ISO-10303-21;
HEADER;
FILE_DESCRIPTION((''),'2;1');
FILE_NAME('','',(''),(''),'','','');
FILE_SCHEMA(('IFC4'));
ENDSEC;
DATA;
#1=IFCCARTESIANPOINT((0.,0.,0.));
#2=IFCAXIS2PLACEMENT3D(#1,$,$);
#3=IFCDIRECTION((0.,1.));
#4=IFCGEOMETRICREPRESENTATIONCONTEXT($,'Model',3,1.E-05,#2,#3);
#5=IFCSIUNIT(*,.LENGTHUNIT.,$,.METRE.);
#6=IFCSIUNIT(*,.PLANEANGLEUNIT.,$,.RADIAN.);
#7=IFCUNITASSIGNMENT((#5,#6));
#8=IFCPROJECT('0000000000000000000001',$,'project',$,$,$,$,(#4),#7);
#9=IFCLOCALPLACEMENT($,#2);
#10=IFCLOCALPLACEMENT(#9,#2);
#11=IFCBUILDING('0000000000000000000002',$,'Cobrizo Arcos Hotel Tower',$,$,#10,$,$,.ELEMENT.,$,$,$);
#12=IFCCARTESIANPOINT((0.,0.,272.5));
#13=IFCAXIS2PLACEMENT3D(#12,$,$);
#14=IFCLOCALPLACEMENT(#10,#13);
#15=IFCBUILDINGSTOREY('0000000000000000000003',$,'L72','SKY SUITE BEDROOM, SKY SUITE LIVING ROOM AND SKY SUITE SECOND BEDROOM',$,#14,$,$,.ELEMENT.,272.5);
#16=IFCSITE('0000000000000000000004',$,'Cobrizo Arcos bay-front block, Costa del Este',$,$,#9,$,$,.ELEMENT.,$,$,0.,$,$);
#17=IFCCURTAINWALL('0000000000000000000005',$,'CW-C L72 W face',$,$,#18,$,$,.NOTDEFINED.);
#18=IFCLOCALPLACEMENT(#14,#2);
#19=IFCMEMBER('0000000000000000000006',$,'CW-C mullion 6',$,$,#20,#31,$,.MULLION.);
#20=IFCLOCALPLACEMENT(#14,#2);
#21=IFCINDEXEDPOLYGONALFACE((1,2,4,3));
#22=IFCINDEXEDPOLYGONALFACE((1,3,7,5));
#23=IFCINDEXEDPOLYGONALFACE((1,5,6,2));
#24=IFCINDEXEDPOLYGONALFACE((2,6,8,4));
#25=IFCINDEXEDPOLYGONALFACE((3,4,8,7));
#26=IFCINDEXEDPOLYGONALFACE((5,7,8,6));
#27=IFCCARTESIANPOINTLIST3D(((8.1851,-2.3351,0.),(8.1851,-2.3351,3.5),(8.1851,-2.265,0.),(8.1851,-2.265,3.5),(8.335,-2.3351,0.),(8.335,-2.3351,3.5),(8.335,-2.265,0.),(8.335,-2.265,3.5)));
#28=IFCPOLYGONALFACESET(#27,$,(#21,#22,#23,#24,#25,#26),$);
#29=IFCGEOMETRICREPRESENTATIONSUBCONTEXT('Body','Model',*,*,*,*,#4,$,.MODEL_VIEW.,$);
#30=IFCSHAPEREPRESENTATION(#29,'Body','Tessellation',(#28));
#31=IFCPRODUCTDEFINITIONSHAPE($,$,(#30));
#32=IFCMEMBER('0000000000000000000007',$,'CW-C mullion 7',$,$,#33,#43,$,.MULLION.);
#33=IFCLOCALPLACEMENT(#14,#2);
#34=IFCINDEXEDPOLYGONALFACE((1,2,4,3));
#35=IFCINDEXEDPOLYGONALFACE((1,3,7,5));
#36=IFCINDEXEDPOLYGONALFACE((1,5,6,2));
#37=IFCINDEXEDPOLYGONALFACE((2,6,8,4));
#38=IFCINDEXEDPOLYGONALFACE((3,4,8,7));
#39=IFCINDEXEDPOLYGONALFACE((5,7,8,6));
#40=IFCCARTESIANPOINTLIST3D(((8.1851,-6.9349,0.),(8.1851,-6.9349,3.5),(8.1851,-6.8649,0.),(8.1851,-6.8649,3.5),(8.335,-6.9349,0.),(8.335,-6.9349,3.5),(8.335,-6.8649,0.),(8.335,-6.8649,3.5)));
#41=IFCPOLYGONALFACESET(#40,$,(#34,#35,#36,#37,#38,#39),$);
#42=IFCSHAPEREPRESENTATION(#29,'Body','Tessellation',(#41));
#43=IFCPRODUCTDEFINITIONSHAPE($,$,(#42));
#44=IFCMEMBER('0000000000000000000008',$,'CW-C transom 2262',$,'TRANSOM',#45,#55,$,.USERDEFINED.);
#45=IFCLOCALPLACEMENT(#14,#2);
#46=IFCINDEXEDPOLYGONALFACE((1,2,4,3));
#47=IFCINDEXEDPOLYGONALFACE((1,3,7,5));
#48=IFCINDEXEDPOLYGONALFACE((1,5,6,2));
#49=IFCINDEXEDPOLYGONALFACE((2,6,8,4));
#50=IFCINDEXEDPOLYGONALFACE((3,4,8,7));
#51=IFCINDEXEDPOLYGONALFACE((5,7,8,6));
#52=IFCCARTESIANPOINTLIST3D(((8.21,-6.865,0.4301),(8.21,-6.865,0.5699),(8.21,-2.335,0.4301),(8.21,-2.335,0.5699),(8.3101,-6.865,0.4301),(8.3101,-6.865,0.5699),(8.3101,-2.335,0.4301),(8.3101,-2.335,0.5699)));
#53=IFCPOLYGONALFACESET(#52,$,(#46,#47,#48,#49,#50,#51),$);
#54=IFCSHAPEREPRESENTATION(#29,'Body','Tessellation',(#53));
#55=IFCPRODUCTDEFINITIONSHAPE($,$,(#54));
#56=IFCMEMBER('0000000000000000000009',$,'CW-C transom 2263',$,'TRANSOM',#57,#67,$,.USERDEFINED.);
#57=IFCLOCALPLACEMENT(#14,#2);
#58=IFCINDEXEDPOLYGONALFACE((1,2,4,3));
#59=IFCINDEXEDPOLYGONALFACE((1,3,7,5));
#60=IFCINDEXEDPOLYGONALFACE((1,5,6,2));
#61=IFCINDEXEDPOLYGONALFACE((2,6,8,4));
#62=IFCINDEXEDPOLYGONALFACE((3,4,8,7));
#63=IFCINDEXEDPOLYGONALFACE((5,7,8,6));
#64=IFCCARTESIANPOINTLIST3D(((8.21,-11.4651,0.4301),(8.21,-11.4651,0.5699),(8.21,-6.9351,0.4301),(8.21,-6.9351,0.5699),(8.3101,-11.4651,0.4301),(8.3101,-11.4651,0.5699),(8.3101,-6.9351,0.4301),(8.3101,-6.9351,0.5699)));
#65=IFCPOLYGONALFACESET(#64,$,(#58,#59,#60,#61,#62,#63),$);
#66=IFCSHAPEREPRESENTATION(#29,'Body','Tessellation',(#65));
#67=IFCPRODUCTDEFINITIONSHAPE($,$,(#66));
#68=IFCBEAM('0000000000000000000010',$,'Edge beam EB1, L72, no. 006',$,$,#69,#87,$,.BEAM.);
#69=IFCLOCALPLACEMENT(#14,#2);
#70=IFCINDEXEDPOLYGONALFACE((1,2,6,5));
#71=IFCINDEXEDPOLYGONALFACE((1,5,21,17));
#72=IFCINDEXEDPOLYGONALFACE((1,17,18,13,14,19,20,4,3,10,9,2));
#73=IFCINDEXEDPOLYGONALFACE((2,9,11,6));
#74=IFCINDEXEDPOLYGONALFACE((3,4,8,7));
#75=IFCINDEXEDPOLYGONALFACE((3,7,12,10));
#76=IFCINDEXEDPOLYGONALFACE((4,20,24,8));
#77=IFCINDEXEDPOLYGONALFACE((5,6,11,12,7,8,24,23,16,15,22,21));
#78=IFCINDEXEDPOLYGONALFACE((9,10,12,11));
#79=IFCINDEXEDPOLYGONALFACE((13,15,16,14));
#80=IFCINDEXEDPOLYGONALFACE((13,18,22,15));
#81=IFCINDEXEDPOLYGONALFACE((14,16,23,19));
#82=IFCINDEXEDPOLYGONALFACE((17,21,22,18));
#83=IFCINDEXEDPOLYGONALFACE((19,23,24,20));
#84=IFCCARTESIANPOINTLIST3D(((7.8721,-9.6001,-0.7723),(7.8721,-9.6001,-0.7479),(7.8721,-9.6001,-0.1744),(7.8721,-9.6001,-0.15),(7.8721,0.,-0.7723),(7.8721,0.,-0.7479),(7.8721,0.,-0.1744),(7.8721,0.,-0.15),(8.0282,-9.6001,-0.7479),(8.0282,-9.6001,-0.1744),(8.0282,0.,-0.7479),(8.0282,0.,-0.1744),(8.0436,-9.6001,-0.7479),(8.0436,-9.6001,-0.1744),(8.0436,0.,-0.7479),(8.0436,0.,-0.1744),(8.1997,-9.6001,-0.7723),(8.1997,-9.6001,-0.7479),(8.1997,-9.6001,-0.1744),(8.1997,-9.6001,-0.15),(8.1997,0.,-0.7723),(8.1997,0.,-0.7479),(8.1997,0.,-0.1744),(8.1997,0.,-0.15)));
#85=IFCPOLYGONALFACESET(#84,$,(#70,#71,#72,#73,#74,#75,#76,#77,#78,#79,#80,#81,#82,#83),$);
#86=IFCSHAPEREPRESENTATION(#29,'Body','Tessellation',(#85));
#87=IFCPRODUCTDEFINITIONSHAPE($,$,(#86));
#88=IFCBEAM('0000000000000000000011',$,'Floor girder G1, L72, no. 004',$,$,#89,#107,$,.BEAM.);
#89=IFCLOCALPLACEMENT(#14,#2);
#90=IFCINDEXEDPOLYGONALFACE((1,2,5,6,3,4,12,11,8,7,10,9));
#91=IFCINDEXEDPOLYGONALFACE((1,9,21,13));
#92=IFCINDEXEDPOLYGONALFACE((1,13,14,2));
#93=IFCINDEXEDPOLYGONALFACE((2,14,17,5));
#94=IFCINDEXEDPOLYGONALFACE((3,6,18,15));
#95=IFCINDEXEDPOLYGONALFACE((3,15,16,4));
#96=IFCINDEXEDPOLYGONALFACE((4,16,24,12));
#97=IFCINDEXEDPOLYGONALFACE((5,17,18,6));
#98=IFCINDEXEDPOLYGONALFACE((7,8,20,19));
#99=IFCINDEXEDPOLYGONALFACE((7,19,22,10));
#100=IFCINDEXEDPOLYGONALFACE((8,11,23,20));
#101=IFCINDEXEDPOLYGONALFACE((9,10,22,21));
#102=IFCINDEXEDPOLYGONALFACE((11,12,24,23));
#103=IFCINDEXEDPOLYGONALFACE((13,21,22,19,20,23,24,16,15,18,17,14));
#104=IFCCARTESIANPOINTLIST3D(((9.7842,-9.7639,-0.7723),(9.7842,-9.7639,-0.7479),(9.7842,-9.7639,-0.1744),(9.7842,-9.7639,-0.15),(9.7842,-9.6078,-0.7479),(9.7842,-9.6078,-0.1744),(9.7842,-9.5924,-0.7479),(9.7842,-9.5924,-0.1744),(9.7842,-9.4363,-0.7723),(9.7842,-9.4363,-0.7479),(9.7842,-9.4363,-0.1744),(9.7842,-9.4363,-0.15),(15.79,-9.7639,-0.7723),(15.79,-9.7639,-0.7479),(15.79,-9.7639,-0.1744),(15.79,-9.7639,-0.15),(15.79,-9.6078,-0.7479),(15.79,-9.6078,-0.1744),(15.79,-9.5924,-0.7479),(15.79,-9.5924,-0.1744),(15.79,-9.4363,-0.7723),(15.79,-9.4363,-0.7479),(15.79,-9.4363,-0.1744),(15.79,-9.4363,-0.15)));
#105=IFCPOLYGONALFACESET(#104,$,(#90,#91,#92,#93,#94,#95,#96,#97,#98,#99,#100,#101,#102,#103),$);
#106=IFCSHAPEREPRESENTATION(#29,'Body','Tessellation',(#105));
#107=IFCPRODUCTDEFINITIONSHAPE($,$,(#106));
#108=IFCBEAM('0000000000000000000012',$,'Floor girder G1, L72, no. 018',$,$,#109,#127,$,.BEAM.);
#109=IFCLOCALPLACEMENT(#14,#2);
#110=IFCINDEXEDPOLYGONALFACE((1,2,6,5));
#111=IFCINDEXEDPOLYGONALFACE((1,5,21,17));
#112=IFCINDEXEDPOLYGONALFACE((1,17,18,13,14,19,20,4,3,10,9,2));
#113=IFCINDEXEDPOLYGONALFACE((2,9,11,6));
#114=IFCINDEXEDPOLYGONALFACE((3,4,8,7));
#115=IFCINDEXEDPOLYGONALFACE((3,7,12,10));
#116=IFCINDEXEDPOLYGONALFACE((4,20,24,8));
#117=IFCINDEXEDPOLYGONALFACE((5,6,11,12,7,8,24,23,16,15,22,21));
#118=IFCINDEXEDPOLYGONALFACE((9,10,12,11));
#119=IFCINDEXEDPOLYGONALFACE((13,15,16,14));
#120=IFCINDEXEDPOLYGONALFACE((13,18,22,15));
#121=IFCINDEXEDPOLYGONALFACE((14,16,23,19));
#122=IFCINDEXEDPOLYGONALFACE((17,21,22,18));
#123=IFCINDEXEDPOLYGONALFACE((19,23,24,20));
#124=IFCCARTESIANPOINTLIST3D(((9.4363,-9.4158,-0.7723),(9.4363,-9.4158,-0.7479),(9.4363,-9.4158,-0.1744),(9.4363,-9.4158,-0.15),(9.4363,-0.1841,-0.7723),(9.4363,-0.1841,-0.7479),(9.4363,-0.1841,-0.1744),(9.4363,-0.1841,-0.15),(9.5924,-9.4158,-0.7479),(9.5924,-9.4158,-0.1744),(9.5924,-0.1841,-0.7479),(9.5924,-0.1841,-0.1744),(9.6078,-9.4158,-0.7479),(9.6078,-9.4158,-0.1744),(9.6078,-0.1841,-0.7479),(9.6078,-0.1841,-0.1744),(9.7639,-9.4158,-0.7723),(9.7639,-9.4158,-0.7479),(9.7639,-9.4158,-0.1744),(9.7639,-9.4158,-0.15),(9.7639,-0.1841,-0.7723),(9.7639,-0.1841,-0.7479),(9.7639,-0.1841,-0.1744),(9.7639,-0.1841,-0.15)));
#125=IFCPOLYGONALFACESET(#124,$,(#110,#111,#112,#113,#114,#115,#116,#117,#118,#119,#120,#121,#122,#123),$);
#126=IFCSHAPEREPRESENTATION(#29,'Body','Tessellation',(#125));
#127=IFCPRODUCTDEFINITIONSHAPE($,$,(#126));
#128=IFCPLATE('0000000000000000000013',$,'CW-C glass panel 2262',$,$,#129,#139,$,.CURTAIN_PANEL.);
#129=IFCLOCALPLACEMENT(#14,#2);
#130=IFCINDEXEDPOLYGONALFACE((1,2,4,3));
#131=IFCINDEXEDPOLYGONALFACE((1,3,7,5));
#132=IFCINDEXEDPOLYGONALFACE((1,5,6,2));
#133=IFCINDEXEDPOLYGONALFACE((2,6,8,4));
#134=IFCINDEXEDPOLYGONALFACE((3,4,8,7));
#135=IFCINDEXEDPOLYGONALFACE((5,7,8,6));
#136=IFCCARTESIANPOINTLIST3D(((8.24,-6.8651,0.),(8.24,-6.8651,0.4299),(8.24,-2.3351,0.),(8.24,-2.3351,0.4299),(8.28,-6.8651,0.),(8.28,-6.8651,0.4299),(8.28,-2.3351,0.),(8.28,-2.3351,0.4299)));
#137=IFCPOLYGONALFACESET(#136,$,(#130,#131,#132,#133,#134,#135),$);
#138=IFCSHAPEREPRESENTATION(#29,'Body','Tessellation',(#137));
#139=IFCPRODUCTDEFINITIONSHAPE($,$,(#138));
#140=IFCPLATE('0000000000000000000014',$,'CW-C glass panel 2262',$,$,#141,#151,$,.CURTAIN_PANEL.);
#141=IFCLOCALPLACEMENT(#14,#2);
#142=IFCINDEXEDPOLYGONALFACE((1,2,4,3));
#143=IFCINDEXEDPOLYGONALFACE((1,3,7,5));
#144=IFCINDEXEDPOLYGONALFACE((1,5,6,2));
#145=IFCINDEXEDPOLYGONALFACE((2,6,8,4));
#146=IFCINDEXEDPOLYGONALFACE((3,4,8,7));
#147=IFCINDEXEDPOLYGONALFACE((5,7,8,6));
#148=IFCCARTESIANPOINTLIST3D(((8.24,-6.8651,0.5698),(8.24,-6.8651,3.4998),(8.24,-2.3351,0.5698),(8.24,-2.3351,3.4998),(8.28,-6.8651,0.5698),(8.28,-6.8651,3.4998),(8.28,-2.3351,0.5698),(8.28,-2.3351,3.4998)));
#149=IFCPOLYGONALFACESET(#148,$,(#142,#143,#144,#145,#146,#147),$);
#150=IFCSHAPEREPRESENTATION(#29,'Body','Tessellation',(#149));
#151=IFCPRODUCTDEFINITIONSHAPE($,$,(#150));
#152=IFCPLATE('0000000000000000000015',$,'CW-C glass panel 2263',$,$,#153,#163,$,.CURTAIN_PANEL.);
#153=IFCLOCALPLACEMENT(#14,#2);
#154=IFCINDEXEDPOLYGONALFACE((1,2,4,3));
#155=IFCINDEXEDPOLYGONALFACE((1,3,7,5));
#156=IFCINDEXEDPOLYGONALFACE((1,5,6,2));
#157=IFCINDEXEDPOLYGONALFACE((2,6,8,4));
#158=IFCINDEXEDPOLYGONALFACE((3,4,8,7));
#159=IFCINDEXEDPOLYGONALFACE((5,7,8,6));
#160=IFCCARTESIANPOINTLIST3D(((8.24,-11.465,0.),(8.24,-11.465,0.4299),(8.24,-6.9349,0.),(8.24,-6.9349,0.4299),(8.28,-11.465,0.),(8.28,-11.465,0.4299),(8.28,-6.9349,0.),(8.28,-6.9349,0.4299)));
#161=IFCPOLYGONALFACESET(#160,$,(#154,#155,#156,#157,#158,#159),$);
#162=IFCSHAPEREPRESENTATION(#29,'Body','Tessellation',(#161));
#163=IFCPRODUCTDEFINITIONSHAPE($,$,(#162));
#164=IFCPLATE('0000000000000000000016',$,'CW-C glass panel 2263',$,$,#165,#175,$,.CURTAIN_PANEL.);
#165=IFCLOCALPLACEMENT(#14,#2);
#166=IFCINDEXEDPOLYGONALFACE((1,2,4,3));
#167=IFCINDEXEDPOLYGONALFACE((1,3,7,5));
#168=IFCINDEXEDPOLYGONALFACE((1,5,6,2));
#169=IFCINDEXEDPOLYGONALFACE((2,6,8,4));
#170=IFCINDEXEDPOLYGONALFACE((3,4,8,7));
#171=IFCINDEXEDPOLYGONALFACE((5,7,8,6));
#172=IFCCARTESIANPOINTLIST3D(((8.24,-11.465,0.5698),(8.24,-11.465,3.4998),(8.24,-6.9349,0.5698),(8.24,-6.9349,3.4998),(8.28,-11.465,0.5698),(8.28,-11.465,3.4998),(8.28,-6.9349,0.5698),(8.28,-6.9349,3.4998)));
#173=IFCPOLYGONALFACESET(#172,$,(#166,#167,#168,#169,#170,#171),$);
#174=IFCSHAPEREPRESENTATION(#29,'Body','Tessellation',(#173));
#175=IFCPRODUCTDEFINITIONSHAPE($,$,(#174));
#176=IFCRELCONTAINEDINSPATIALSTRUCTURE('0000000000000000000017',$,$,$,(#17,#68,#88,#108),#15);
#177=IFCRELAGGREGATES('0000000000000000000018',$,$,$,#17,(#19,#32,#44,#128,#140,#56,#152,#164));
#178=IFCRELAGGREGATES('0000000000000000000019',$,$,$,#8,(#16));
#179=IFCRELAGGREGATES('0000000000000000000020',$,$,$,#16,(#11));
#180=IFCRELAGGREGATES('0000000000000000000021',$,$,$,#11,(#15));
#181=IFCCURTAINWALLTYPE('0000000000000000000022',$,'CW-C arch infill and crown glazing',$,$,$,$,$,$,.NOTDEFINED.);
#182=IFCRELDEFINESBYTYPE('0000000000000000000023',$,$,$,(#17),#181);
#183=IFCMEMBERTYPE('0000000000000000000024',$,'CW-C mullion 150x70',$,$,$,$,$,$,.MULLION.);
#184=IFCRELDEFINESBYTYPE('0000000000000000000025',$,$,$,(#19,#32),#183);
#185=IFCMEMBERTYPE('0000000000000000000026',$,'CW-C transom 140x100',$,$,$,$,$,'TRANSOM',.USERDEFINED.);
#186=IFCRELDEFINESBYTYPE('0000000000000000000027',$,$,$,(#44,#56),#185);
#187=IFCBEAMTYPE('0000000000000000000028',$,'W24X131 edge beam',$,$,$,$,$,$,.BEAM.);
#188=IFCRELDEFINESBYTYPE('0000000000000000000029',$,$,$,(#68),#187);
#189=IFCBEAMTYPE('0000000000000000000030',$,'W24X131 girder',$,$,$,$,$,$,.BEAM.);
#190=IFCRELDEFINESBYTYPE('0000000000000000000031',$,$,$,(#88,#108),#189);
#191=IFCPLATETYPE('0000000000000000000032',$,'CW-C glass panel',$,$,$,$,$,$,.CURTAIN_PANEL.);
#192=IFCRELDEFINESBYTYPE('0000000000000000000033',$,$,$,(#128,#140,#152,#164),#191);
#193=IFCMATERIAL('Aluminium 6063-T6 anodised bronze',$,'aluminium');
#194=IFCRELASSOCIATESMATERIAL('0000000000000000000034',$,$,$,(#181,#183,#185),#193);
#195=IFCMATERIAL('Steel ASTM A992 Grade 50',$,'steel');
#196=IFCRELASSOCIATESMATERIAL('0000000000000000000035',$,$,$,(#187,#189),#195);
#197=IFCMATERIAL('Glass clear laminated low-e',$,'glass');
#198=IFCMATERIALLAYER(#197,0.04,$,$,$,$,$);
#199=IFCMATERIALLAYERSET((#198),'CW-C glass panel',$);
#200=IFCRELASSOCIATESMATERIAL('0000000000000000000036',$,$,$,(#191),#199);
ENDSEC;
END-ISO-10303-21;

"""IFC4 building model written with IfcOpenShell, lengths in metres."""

from ifc_helpers import new_model, si_unit, direction, frame, origin, origin_2d, place, context, subcontext, project, spatial, rectangle, i_section, extrude, material, layer, layer_set, material_profile, profile_set, type_object, element, aggregate, save


model = new_model("IFC4")

# Units and contexts
model_context = context("Model", 3, precision=1e-05, world=origin(), true_north=direction((0.0, 1.0)))
body_context = subcontext(model_context, "Body", "Model", "MODEL_VIEW")
ifc_project = project(units=[si_unit("LENGTHUNIT", "METRE"), si_unit("PLANEANGLEUNIT", "RADIAN")], contexts=[model_context])

# Site, building, storey
site_placement = place(None, origin())
site = spatial("IfcSite", under=ifc_project, at=site_placement, Name="Cobrizo Arcos bay-front block, Costa del Este", CompositionType="ELEMENT", RefElevation=0.0)
building_placement = place(site_placement, origin())
building = spatial("IfcBuilding", under=site, at=building_placement, Name="Cobrizo Arcos Hotel Tower", CompositionType="ELEMENT")
storey_placement = place(building_placement, frame((0.0, 0.0, 272.5)))
storey = spatial("IfcBuildingStorey", under=building, at=storey_placement, Name="L72", Description="SKY SUITE BEDROOM, SKY SUITE LIVING ROOM AND SKY SUITE SECOND BEDROOM", CompositionType="ELEMENT", Elevation=272.5)

# Shared definitions
ifc_material_1 = material(Name="Steel ASTM A992 Grade 50", Category="steel")

# Curtain wall, members
ifc_material_2 = material(Name="Aluminium 6063-T6 anodised bronze", Category="aluminium")
curtain_wall_type = type_object("IfcCurtainWallType", Name="CW-C arch infill and crown glazing", PredefinedType="NOTDEFINED", material=ifc_material_2)
curtain_wall_placement = place(storey_placement, origin())
curtain_wall = element("IfcCurtainWall", 1, at=curtain_wall_placement, inside=storey, type_object=curtain_wall_type, Name="CW-C L72 W face", PredefinedType="NOTDEFINED")
ifc_material_profile_1 = material_profile(ifc_material_2, rectangle(XDim=0.1499, YDim=0.0701, at=origin_2d()), Name="CW-C mullion 150x70")
ifc_profile_set_1 = profile_set([ifc_material_profile_1], Name="Aluminium 6063-T6 anodised bronze")
member_type_1 = type_object("IfcMemberType", Name="CW-C mullion 150x70", PredefinedType="MULLION", material=ifc_profile_set_1)
member_1_placement = place(storey_placement, frame((8.26, -2.3, 0.0), z_axis=(0.0, 0.0, 1.0), x_axis=(-1.0, 0.0, 0.0)))
member_1 = element("IfcMember", 2, at=member_1_placement, type_object=member_type_1, Name="CW-C mullion 6", PredefinedType="MULLION", context=body_context, shape_type="SweptSolid", body=[
    extrude(rectangle(XDim=0.1499, YDim=0.0701, at=origin_2d()), origin(), (0.0, 0.0, 1.0), 3.5),
])
member_2_placement = place(storey_placement, frame((8.26, -6.8999, 0.0), z_axis=(0.0, 0.0, 1.0), x_axis=(-1.0, 0.0, 0.0)))
member_2 = element("IfcMember", 3, at=member_2_placement, type_object=member_type_1, Name="CW-C mullion 7", PredefinedType="MULLION", context=body_context, shape_type="SweptSolid", body=[
    extrude(rectangle(XDim=0.1499, YDim=0.0701, at=origin_2d()), origin(), (0.0, 0.0, 1.0), 3.5),
])
ifc_material_profile_2 = material_profile(ifc_material_2, rectangle(XDim=0.1001, YDim=0.1399, at=origin_2d()), Name="CW-C transom 140x100")
ifc_profile_set_2 = profile_set([ifc_material_profile_2], Name="Aluminium 6063-T6 anodised bronze")
member_type_2 = type_object("IfcMemberType", Name="CW-C transom 140x100", ElementType="TRANSOM", PredefinedType="USERDEFINED", material=ifc_profile_set_2)
member_3_placement = place(storey_placement, frame((8.26, -2.335, 0.5), z_axis=(0.0, -1.0, 0.0), x_axis=(1.0, 0.0, 0.0)))
member_3 = element("IfcMember", 4, at=member_3_placement, type_object=member_type_2, Name="CW-C transom 2262", ObjectType="TRANSOM", PredefinedType="USERDEFINED", context=body_context, shape_type="SweptSolid", body=[
    extrude(rectangle(XDim=0.1001, YDim=0.1399, at=origin_2d()), origin(), (0.0, 0.0, 1.0), 4.53),
])
member_4_placement = place(storey_placement, frame((8.26, -6.9351, 0.5), z_axis=(0.0, -1.0, 0.0), x_axis=(1.0, 0.0, 0.0)))
member_4 = element("IfcMember", 5, at=member_4_placement, type_object=member_type_2, Name="CW-C transom 2263", ObjectType="TRANSOM", PredefinedType="USERDEFINED", context=body_context, shape_type="SweptSolid", body=[
    extrude(rectangle(XDim=0.1001, YDim=0.1399, at=origin_2d()), origin(), (0.0, 0.0, 1.0), 4.53),
])

# Beams
ifc_material_profile_3 = material_profile(ifc_material_1, i_section(OverallWidth=0.3276, OverallDepth=0.6223, WebThickness=0.0154, FlangeThickness=0.0244, at=origin_2d()), Name="W24X131")
ifc_profile_set_3 = profile_set([ifc_material_profile_3], Name="Steel ASTM A992 Grade 50")
beam_type_1 = type_object("IfcBeamType", Name="W24X131 edge beam", PredefinedType="BEAM", material=ifc_profile_set_3)
beam_1_placement = place(storey_placement, frame((8.0359, -9.6001, -0.4612), z_axis=(0.0, 1.0, 0.0), x_axis=(-1.0, 0.0, 0.0)))
element("IfcBeam", 6, at=beam_1_placement, inside=storey, type_object=beam_type_1, Name="Edge beam EB1, L72, no. 006", PredefinedType="BEAM", context=body_context, shape_type="SweptSolid", body=[
    extrude(i_section(OverallWidth=0.3276, OverallDepth=0.6223, WebThickness=0.0154, FlangeThickness=0.0244, at=origin_2d()), origin(), (0.0, 0.0, 1.0), 9.6001),
])
ifc_material_profile_4 = material_profile(ifc_material_1, i_section(OverallWidth=0.3276, OverallDepth=0.6223, WebThickness=0.0154, FlangeThickness=0.0244, at=origin_2d()), Name="W24X131")
ifc_profile_set_4 = profile_set([ifc_material_profile_4], Name="Steel ASTM A992 Grade 50")
beam_type_2 = type_object("IfcBeamType", Name="W24X131 girder", PredefinedType="BEAM", material=ifc_profile_set_4)
beam_2_placement = place(storey_placement, frame((9.7842, -9.6001, -0.4612), z_axis=(1.0, 0.0, 0.0), x_axis=(0.0, 1.0, 0.0)))
element("IfcBeam", 7, at=beam_2_placement, inside=storey, type_object=beam_type_2, Name="Floor girder G1, L72, no. 004", PredefinedType="BEAM", context=body_context, shape_type="SweptSolid", body=[
    extrude(i_section(OverallWidth=0.3276, OverallDepth=0.6223, WebThickness=0.0154, FlangeThickness=0.0244, at=origin_2d()), origin(), (0.0, 0.0, 1.0), 6.0059),
])
beam_3_placement = place(storey_placement, frame((9.6001, -9.4158, -0.4612), z_axis=(0.0, 1.0, 0.0), x_axis=(-1.0, 0.0, 0.0)))
element("IfcBeam", 8, at=beam_3_placement, inside=storey, type_object=beam_type_2, Name="Floor girder G1, L72, no. 018", PredefinedType="BEAM", context=body_context, shape_type="SweptSolid", body=[
    extrude(i_section(OverallWidth=0.3276, OverallDepth=0.6223, WebThickness=0.0154, FlangeThickness=0.0244, at=origin_2d()), origin(), (0.0, 0.0, 1.0), 9.2317),
])

# Plates
ifc_material_3 = material(Name="Glass clear laminated low-e", Category="glass")
ifc_layer_1 = layer(ifc_material_3, 0.04)
ifc_layer_set_1 = layer_set([ifc_layer_1], Name="CW-C glass panel")
plate_type = type_object("IfcPlateType", Name="CW-C glass panel", PredefinedType="CURTAIN_PANEL", material=ifc_layer_set_1)
plate_1_placement = place(storey_placement, frame((8.26, -4.6001, 0.0), z_axis=(0.0, 0.0, 1.0), x_axis=(0.0, -1.0, 0.0)))
plate_1 = element("IfcPlate", 9, at=plate_1_placement, type_object=plate_type, Name="CW-C glass panel 2262", PredefinedType="CURTAIN_PANEL", context=body_context, shape_type="SweptSolid", body=[
    extrude(rectangle(XDim=4.53, YDim=0.04, at=origin_2d()), origin(), (0.0, 0.0, 1.0), 0.4299),
])
plate_2_placement = place(storey_placement, frame((8.26, -4.6001, 0.5698), z_axis=(0.0, 0.0, 1.0), x_axis=(0.0, -1.0, 0.0)))
plate_2 = element("IfcPlate", 10, at=plate_2_placement, type_object=plate_type, Name="CW-C glass panel 2262", PredefinedType="CURTAIN_PANEL", context=body_context, shape_type="SweptSolid", body=[
    extrude(rectangle(XDim=4.53, YDim=0.04, at=origin_2d()), origin(), (0.0, 0.0, 1.0), 2.9299),
])
plate_3_placement = place(storey_placement, frame((8.26, -9.2, 0.0), z_axis=(0.0, 0.0, 1.0), x_axis=(0.0, -1.0, 0.0)))
plate_3 = element("IfcPlate", 11, at=plate_3_placement, type_object=plate_type, Name="CW-C glass panel 2263", PredefinedType="CURTAIN_PANEL", context=body_context, shape_type="SweptSolid", body=[
    extrude(rectangle(XDim=4.53, YDim=0.04, at=origin_2d()), origin(), (0.0, 0.0, 1.0), 0.4299),
])
plate_4_placement = place(storey_placement, frame((8.26, -9.2, 0.5698), z_axis=(0.0, 0.0, 1.0), x_axis=(0.0, -1.0, 0.0)))
plate_4 = element("IfcPlate", 12, at=plate_4_placement, type_object=plate_type, Name="CW-C glass panel 2263", PredefinedType="CURTAIN_PANEL", context=body_context, shape_type="SweptSolid", body=[
    extrude(rectangle(XDim=4.53, YDim=0.04, at=origin_2d()), origin(), (0.0, 0.0, 1.0), 2.9299),
])
aggregate(curtain_wall, [member_1, member_2, member_3, plate_1, plate_2, member_4, plate_3, plate_4])

save(model, "model.ifc")
